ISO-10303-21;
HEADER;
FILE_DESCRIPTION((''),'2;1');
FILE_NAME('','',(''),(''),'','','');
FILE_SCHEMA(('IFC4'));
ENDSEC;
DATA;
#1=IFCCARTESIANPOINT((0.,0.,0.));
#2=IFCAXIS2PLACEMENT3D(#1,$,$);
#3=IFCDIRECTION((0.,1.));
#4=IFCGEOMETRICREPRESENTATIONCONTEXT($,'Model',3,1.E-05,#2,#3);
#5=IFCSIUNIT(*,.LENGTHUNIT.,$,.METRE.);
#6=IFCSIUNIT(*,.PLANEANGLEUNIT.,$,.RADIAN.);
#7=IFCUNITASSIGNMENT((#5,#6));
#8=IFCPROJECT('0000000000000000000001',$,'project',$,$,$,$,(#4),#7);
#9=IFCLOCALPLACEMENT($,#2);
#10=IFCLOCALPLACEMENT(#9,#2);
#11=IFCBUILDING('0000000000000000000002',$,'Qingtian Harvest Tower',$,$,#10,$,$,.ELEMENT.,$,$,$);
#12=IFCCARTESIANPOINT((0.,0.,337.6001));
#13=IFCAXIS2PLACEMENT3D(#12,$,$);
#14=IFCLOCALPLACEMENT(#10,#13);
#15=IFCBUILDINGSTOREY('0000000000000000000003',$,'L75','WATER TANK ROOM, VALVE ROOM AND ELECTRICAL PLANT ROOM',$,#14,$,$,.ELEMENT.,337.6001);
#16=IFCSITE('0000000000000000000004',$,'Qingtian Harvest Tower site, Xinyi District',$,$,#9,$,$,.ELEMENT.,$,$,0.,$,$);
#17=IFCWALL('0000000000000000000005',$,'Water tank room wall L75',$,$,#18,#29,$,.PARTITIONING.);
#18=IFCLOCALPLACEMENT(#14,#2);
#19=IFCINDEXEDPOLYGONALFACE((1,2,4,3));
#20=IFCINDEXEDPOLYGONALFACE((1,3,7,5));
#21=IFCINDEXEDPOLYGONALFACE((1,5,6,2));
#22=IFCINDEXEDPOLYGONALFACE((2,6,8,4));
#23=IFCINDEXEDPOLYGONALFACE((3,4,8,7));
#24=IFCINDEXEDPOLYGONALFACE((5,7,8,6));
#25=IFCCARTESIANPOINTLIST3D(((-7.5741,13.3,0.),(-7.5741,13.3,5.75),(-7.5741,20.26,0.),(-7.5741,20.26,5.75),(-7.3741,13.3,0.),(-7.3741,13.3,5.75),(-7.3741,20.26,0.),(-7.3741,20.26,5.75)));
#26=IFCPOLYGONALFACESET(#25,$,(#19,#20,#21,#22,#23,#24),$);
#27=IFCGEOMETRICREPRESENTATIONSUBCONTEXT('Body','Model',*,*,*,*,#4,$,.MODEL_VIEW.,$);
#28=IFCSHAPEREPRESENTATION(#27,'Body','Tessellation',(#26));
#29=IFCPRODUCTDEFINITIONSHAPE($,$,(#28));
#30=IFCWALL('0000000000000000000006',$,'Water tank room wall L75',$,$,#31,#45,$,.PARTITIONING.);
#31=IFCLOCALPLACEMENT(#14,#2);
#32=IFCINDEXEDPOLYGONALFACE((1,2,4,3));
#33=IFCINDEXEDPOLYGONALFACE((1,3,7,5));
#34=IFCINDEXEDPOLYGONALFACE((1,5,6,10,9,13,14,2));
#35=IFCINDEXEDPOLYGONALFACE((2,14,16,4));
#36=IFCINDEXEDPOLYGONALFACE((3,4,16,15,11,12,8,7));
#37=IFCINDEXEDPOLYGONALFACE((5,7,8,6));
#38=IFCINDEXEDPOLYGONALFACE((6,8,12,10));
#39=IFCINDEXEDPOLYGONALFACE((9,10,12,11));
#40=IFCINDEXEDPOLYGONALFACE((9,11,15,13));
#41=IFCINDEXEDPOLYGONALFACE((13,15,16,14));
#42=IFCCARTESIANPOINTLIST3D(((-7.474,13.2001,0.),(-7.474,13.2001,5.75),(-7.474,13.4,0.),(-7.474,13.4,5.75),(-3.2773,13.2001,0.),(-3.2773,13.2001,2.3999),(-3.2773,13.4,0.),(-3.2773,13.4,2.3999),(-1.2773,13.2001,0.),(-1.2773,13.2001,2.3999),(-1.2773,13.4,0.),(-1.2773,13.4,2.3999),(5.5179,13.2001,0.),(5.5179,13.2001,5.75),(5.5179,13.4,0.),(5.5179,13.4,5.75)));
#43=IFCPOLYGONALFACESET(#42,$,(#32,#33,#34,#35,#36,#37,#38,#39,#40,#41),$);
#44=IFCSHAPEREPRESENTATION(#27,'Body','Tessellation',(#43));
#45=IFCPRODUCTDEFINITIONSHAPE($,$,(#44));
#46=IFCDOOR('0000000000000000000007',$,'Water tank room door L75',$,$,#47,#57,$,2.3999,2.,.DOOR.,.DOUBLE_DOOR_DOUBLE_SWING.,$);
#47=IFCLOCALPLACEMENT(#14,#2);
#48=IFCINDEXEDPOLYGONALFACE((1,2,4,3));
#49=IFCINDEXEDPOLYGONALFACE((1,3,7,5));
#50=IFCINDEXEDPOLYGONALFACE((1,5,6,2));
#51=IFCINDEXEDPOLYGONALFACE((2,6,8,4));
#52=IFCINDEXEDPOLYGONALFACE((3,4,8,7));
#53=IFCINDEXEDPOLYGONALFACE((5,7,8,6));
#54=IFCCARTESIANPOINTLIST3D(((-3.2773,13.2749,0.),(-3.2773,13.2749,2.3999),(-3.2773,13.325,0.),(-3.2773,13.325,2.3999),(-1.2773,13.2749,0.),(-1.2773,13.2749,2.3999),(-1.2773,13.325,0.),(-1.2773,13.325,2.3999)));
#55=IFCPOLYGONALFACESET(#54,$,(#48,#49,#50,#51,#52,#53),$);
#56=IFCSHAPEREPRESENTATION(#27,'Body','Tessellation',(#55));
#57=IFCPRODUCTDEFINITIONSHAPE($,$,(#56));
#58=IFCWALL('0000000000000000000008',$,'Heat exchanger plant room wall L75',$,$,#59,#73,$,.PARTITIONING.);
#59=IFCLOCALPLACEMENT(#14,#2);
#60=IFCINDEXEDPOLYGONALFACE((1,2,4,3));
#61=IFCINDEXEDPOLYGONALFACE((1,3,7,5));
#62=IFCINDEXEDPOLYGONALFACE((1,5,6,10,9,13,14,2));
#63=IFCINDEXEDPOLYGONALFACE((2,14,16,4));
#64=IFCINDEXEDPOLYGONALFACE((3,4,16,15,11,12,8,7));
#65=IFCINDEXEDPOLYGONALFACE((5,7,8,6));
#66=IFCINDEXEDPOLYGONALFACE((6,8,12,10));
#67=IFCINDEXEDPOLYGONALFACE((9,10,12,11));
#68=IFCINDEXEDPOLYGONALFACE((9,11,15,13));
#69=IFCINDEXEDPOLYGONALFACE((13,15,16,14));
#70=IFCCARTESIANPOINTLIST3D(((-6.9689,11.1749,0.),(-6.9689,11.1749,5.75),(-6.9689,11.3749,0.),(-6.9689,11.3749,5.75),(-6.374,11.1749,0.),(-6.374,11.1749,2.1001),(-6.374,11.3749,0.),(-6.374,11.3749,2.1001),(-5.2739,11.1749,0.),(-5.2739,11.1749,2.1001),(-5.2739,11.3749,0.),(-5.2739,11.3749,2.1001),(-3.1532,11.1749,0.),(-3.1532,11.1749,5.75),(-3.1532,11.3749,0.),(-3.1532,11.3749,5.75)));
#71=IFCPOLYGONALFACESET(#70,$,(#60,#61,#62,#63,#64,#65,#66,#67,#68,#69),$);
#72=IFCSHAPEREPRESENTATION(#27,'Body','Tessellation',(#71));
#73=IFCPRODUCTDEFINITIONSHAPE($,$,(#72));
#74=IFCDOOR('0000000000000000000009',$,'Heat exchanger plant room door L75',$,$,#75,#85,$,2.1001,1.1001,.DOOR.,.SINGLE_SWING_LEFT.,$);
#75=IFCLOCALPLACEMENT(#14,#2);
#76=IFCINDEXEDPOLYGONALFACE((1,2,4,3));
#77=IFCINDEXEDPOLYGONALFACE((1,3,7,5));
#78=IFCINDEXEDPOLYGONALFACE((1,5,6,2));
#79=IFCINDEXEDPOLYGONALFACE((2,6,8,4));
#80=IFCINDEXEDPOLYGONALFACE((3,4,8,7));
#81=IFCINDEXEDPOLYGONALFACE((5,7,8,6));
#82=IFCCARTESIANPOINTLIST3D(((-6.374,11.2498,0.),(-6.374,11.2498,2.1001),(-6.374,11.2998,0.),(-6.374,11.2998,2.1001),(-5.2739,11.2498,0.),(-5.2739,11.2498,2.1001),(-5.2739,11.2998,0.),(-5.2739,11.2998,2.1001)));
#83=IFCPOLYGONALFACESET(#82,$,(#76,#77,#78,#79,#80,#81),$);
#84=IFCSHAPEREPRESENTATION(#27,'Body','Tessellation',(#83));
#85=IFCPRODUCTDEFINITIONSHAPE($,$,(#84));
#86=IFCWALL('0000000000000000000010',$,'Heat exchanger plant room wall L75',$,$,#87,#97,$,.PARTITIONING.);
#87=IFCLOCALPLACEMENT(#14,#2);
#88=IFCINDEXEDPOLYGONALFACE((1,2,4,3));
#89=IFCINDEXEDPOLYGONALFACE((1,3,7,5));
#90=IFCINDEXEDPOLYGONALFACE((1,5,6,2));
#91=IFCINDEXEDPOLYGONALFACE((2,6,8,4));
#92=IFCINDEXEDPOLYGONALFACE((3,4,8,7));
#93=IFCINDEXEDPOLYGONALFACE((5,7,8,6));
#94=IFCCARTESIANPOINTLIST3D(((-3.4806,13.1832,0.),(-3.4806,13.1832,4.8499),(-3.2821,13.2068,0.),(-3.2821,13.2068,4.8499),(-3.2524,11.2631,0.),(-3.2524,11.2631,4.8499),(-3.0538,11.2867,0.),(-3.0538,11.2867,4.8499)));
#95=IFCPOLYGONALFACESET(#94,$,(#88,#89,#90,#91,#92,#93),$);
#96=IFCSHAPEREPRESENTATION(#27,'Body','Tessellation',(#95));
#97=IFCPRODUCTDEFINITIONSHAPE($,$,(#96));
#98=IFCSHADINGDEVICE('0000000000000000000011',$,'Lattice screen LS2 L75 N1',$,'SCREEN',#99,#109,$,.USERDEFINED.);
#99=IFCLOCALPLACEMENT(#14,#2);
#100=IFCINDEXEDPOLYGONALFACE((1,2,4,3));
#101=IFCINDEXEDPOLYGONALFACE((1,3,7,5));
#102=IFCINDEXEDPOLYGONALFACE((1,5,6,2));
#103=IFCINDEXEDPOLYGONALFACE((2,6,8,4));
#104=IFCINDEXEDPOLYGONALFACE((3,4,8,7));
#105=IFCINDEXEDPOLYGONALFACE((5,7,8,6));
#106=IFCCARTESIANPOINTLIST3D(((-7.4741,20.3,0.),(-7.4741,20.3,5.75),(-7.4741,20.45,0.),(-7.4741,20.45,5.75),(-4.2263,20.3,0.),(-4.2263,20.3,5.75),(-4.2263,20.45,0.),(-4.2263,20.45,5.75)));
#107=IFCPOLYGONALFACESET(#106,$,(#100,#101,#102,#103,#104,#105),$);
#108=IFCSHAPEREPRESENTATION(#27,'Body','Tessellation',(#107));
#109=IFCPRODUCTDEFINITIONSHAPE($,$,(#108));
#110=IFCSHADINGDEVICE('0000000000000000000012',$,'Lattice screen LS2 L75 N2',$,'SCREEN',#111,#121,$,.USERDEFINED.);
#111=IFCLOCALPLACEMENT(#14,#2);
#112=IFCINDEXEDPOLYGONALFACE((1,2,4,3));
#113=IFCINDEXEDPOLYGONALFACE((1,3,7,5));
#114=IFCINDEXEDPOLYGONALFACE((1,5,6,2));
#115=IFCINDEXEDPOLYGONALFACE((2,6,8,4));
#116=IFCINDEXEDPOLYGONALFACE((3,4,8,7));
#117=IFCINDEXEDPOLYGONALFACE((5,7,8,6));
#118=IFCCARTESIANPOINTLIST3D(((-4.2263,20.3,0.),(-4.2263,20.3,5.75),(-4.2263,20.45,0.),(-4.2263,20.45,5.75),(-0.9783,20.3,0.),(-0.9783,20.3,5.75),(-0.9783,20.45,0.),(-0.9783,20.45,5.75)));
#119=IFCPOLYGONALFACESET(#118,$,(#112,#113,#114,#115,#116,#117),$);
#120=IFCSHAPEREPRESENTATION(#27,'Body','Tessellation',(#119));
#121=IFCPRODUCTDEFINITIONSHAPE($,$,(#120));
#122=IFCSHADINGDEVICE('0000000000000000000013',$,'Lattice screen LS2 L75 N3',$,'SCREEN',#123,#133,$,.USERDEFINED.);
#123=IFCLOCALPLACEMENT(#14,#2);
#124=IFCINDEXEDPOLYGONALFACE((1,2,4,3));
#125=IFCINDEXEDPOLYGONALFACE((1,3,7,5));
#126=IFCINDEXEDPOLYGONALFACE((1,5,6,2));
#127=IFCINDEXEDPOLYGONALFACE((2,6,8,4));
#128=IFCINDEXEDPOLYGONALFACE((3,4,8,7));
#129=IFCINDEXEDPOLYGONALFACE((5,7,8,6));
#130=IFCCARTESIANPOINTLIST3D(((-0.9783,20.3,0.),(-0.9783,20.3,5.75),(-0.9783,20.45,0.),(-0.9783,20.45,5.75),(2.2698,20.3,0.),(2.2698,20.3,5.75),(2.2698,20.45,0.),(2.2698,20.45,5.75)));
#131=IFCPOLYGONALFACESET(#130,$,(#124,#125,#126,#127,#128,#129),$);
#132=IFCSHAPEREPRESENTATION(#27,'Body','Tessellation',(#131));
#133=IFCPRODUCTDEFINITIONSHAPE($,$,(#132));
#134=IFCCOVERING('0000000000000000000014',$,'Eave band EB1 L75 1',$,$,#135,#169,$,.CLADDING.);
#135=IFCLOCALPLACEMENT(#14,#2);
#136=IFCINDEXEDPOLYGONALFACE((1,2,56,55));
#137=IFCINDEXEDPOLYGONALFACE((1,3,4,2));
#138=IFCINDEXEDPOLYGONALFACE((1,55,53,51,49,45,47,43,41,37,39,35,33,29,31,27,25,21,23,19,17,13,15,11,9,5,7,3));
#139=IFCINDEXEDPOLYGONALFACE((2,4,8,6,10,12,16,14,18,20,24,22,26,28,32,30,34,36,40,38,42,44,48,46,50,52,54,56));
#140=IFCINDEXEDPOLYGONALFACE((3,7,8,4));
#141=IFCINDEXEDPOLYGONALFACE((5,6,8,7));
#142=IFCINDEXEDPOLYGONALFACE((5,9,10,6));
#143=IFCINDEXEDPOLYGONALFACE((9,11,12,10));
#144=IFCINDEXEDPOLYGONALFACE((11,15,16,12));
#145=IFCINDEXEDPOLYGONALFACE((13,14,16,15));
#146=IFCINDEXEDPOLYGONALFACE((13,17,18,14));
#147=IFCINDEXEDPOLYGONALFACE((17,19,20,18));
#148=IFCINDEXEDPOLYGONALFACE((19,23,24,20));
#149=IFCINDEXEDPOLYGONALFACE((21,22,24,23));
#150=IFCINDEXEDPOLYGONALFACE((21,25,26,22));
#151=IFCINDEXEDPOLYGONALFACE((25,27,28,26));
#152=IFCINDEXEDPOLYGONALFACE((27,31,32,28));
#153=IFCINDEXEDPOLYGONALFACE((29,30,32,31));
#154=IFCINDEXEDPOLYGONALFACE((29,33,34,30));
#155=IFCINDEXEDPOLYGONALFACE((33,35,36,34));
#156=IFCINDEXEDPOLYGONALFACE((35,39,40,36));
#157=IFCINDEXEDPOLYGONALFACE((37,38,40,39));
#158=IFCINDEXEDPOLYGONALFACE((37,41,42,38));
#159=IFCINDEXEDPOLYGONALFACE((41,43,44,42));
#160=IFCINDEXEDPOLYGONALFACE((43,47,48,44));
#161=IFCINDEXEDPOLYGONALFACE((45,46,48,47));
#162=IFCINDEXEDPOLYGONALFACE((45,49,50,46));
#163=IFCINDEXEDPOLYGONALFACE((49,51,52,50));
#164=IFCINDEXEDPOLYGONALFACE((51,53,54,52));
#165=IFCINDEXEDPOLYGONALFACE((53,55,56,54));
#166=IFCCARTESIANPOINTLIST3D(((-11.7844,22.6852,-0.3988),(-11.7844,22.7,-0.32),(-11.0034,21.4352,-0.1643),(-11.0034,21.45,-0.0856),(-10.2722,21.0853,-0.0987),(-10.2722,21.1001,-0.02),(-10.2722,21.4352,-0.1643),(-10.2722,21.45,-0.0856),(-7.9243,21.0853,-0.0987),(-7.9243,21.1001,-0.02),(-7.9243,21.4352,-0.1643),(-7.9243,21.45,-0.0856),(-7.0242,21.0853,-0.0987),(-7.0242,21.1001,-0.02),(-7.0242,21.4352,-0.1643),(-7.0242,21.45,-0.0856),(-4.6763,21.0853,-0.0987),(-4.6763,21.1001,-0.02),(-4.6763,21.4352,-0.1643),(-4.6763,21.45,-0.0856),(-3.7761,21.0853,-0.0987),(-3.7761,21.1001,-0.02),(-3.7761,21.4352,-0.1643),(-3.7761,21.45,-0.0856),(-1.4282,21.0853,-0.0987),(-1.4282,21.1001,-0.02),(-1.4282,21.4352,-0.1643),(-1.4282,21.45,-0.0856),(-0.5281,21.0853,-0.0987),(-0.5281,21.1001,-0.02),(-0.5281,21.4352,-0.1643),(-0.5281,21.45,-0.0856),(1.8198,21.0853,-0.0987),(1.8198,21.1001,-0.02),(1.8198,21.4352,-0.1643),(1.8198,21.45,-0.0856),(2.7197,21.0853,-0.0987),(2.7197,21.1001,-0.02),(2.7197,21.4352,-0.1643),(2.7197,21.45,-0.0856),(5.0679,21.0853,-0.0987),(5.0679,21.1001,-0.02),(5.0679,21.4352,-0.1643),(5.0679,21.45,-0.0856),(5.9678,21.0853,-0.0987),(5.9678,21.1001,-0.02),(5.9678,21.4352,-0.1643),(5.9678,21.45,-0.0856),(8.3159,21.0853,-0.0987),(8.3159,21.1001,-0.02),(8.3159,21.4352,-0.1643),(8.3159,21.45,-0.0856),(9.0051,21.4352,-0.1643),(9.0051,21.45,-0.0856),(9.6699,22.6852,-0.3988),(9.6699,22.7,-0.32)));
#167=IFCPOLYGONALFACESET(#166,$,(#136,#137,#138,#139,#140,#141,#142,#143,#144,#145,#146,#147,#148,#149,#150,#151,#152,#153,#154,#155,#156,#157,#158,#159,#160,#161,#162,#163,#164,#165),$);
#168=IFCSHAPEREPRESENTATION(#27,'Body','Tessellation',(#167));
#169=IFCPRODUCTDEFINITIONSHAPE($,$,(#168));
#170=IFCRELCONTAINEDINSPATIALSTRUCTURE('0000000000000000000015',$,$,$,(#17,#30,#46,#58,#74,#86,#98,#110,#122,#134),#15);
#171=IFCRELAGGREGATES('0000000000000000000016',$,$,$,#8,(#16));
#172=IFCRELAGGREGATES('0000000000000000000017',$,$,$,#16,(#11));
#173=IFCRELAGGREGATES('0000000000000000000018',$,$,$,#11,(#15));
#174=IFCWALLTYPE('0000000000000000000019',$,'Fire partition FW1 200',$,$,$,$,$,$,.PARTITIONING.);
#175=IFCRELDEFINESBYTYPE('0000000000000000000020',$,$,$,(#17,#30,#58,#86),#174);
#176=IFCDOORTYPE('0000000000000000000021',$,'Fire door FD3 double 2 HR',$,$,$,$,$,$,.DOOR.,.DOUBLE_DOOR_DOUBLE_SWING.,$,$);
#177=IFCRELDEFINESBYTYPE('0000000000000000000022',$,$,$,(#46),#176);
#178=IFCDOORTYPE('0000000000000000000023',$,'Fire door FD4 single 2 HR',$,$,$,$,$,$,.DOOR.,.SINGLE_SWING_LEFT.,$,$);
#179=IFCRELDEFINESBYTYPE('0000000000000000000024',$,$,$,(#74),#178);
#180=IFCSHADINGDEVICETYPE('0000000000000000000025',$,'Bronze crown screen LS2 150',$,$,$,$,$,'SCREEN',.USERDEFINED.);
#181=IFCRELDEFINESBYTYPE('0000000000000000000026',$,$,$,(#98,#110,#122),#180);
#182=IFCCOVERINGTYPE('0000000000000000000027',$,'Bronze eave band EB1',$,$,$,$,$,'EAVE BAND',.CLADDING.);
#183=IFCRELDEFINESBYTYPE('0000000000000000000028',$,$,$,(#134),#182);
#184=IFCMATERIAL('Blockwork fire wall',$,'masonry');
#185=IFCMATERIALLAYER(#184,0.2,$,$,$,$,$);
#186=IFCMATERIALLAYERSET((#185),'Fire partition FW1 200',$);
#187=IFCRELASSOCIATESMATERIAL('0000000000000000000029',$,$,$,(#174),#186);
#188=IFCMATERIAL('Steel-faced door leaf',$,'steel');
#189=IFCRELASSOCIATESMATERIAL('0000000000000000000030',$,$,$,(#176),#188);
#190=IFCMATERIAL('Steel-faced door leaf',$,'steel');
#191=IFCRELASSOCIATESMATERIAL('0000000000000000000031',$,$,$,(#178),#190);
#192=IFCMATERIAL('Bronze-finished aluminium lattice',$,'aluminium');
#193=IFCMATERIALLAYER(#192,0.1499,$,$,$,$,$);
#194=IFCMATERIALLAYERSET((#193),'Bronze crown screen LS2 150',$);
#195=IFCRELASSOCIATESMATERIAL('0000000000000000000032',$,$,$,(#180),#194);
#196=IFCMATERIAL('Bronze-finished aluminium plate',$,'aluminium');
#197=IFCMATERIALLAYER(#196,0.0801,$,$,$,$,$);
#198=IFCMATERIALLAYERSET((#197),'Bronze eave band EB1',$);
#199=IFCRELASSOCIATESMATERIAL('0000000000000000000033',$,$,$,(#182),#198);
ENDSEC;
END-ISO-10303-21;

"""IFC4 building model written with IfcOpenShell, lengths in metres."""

from ifc_helpers import new_model, si_unit, direction, frame, frame_2d, origin, place, context, subcontext, project, spatial, polyline, rectangle, outline, extrude, material, layer, layer_set, type_object, element, fill, save


model = new_model("IFC4")

# Units and contexts
model_context = context("Model", 3, precision=1e-05, world=origin(), true_north=direction((0.0, 1.0)))
body_context = subcontext(model_context, "Body", "Model", "MODEL_VIEW")
ifc_project = project(units=[si_unit("LENGTHUNIT", "METRE"), si_unit("PLANEANGLEUNIT", "RADIAN")], contexts=[model_context])

# Site, building, storey
site_placement = place(None, origin())
site = spatial("IfcSite", under=ifc_project, at=site_placement, Name="Qingtian Harvest Tower site, Xinyi District", CompositionType="ELEMENT", RefElevation=0.0)
building_placement = place(site_placement, origin())
building = spatial("IfcBuilding", under=site, at=building_placement, Name="Qingtian Harvest Tower", CompositionType="ELEMENT")
storey_placement = place(building_placement, frame((0.0, 0.0, 337.6001)))
storey = spatial("IfcBuildingStorey", under=building, at=storey_placement, Name="L75", Description="WATER TANK ROOM, VALVE ROOM AND ELECTRICAL PLANT ROOM", CompositionType="ELEMENT", Elevation=337.6001)

# Wall
ifc_material_1 = material(Name="Blockwork fire wall", Category="masonry")
ifc_layer_1 = layer(ifc_material_1, 0.2)
ifc_layer_set_1 = layer_set([ifc_layer_1], Name="Fire partition FW1 200")
wall_type = type_object("IfcWallType", Name="Fire partition FW1 200", PredefinedType="PARTITIONING", material=ifc_layer_set_1)
wall_1_placement = place(storey_placement, frame((-7.4741, 20.26, 0.0), z_axis=(0.0, 0.0, 1.0), x_axis=(0.0, -1.0, 0.0)))
element("IfcWall", 1, at=wall_1_placement, inside=storey, type_object=wall_type, Name="Water tank room wall L75", PredefinedType="PARTITIONING", context=body_context, shape_type="SweptSolid", body=[
    extrude(rectangle(XDim=6.96, YDim=0.2, at=frame_2d((3.48, 0.0))), origin(), (0.0, 0.0, 1.0), 5.75),
])

# Walls, openings, doors
wall_2_placement = place(storey_placement, frame((-7.4741, 13.3, 0.0), z_axis=(0.0, 0.0, 1.0), x_axis=(1.0, 0.0, 0.0)))
wall_2 = element("IfcWall", 2, at=wall_2_placement, inside=storey, type_object=wall_type, Name="Water tank room wall L75", PredefinedType="PARTITIONING", context=body_context, shape_type="SweptSolid", body=[
    extrude(rectangle(XDim=12.9919, YDim=0.2, at=frame_2d((6.4961, 0.0))), origin(), (0.0, 0.0, 1.0), 5.75),
])
opening_1_placement = place(wall_2_placement, frame((4.1968, 0.0, 0.0)))
opening_1 = element("IfcOpeningElement", 3, at=opening_1_placement, cuts=wall_2, PredefinedType="OPENING", context=body_context, shape_type="SweptSolid", body=[
    extrude(rectangle(XDim=2.0, YDim=2.3999, at=frame_2d((1.0, 1.2))), frame((0.0, 0.1099, 0.0), z_axis=(0.0, -1.0, 0.0), x_axis=(1.0, 0.0, 0.0)), (0.0, 0.0, 1.0), 0.22),
])
ifc_material_2 = material(Name="Steel-faced door leaf", Category="steel")
door_type_1 = type_object("IfcDoorType", Name="Fire door FD3 double 2 HR", OperationType="DOUBLE_DOOR_DOUBLE_SWING", PredefinedType="DOOR", material=ifc_material_2)
door_1_placement = place(opening_1_placement, origin())
door_1 = element("IfcDoor", 4, at=door_1_placement, inside=storey, type_object=door_type_1, Name="Water tank room door L75", OperationType="DOUBLE_DOOR_DOUBLE_SWING", OverallHeight=2.3999, OverallWidth=2.0, PredefinedType="DOOR", context=body_context, shape_type="SweptSolid", body=[
    extrude(rectangle(XDim=2.0, YDim=2.3999, at=frame_2d((1.0, 1.2))), frame((0.0, 0.0249, 0.0), z_axis=(0.0, -1.0, 0.0), x_axis=(1.0, 0.0, 0.0)), (0.0, 0.0, 1.0), 0.05),
])
fill(opening_1, door_1)
wall_3_placement = place(storey_placement, frame((-6.9688, 11.2749, 0.0), z_axis=(0.0, 0.0, 1.0), x_axis=(1.0, 0.0, 0.0)))
wall_3 = element("IfcWall", 5, at=wall_3_placement, inside=storey, type_object=wall_type, Name="Heat exchanger plant room wall L75", PredefinedType="PARTITIONING", context=body_context, shape_type="SweptSolid", body=[
    extrude(rectangle(XDim=3.8157, YDim=0.2, at=frame_2d((1.9077, 0.0))), origin(), (0.0, 0.0, 1.0), 5.75),
])
opening_2_placement = place(wall_3_placement, frame((0.5947, 0.0, 0.0)))
opening_2 = element("IfcOpeningElement", 6, at=opening_2_placement, cuts=wall_3, PredefinedType="OPENING", context=body_context, shape_type="SweptSolid", body=[
    extrude(rectangle(XDim=1.1001, YDim=2.1001, at=frame_2d((0.55, 1.05))), frame((0.0, 0.1099, 0.0), z_axis=(0.0, -1.0, 0.0), x_axis=(1.0, 0.0, 0.0)), (0.0, 0.0, 1.0), 0.22),
])
ifc_material_3 = material(Name="Steel-faced door leaf", Category="steel")
door_type_2 = type_object("IfcDoorType", Name="Fire door FD4 single 2 HR", OperationType="SINGLE_SWING_LEFT", PredefinedType="DOOR", material=ifc_material_3)
door_2_placement = place(opening_2_placement, origin())
door_2 = element("IfcDoor", 7, at=door_2_placement, inside=storey, type_object=door_type_2, Name="Heat exchanger plant room door L75", OperationType="SINGLE_SWING_LEFT", OverallHeight=2.1001, OverallWidth=1.1001, PredefinedType="DOOR", context=body_context, shape_type="SweptSolid", body=[
    extrude(rectangle(XDim=1.1001, YDim=2.1001, at=frame_2d((0.55, 1.05))), frame((0.0, 0.0249, 0.0), z_axis=(0.0, -1.0, 0.0), x_axis=(1.0, 0.0, 0.0)), (0.0, 0.0, 1.0), 0.05),
])
fill(opening_2, door_2)

# Wall
wall_4_placement = place(storey_placement, frame((-3.1531, 11.2749, 0.0), z_axis=(0.0, 0.0, 1.0), x_axis=(-0.11805, 0.993008, 0.0)))
element("IfcWall", 8, at=wall_4_placement, inside=storey, type_object=wall_type, Name="Heat exchanger plant room wall L75", PredefinedType="PARTITIONING", context=body_context, shape_type="SweptSolid", body=[
    extrude(rectangle(XDim=1.9336, YDim=0.2, at=frame_2d((0.9668, 0.0))), origin(), (0.0, 0.0, 1.0), 4.8499),
])

# Shading devices
ifc_material_4 = material(Name="Bronze-finished aluminium lattice", Category="aluminium")
ifc_layer_2 = layer(ifc_material_4, 0.1499)
ifc_layer_set_2 = layer_set([ifc_layer_2], Name="Bronze crown screen LS2 150")
shading_device_type = type_object("IfcShadingDeviceType", Name="Bronze crown screen LS2 150", ElementType="SCREEN", PredefinedType="USERDEFINED", material=ifc_layer_set_2)
shading_device_placement = place(storey_placement, frame((-7.4741, 20.3, 0.0), z_axis=(0.0, -1.0, 0.0), x_axis=(1.0, 0.0, 0.0)))
element("IfcShadingDevice", 9, at=shading_device_placement, inside=storey, type_object=shading_device_type, Name="Lattice screen LS2 L75 N1", ObjectType="SCREEN", PredefinedType="USERDEFINED", context=body_context, shape_type="SweptSolid", body=[
    extrude(outline(polyline([(0.0, 0.0), (3.2478, 0.0), (3.2478, 5.75), (0.0, 5.75), (0.0, 0.0)])), origin(), (0.0, 0.0, -1.0), 0.1499),
])
for number, where, z_axis, x_axis, name in (
    (10, (-4.2263, 20.3, 0.0), (0.0, -1.0, 0.0), (1.0, 0.0, 0.0), "Lattice screen LS2 L75 N2"),
    (11, (-0.9783, 20.3, 0.0), (0.0, -1.0, 0.0), (1.0, 0.0, 0.0), "Lattice screen LS2 L75 N3"),
):
    element("IfcShadingDevice", number, at=place(storey_placement, frame(where, z_axis=z_axis, x_axis=x_axis)), inside=storey, type_object=shading_device_type, Name=name, ObjectType="SCREEN", PredefinedType="USERDEFINED", context=body_context, shape_type="SweptSolid", body=[
        extrude(outline(polyline([(0.0, 0.0), (3.248, 0.0), (3.248, 5.75), (0.0, 5.75), (0.0, 0.0)])), origin(), (0.0, 0.0, -1.0), 0.1499),
    ])

# Covering
ifc_material_5 = material(Name="Bronze-finished aluminium plate", Category="aluminium")
ifc_layer_3 = layer(ifc_material_5, 0.0801)
ifc_layer_set_3 = layer_set([ifc_layer_3], Name="Bronze eave band EB1")
covering_type = type_object("IfcCoveringType", Name="Bronze eave band EB1", ElementType="EAVE BAND", PredefinedType="CLADDING", material=ifc_layer_set_3)
covering_placement = place(storey_placement, frame((-10.2722, 21.1001, -0.02), z_axis=(0.0, 0.184322, 0.982866), x_axis=(0.0, 0.982866, -0.184322)))
element("IfcCovering", 12, at=covering_placement, inside=storey, type_object=covering_type, Name="Eave band EB1 L75 1", PredefinedType="CLADDING", context=body_context, shape_type="SweptSolid", body=[
    extrude(outline(polyline([(0.0, 0.0), (0.356, 0.0), (0.356, 0.7312), (1.6277, 1.5122), (1.6277, -19.9421), (0.356, -19.2773), (0.356, -18.5881), (0.0, -18.5881), (0.0, -16.24), (0.356, -16.24), (0.356, -15.3401), (0.0, -15.3401), (0.0, -12.9919), (0.356, -12.9919), (0.356, -12.092), (0.0, -12.092), (0.0, -9.7441), (0.356, -9.7441), (0.356, -8.844), (0.0, -8.844), (0.0, -6.4961), (0.356, -6.4961), (0.356, -5.5959), (0.0, -5.5959), (0.0, -3.248), (0.356, -3.248), (0.356, -2.3479), (0.0, -2.3479), (0.0, 0.0)])), origin(), (0.0, 0.0, -1.0), 0.0801),
])

save(model, "model.ifc")
